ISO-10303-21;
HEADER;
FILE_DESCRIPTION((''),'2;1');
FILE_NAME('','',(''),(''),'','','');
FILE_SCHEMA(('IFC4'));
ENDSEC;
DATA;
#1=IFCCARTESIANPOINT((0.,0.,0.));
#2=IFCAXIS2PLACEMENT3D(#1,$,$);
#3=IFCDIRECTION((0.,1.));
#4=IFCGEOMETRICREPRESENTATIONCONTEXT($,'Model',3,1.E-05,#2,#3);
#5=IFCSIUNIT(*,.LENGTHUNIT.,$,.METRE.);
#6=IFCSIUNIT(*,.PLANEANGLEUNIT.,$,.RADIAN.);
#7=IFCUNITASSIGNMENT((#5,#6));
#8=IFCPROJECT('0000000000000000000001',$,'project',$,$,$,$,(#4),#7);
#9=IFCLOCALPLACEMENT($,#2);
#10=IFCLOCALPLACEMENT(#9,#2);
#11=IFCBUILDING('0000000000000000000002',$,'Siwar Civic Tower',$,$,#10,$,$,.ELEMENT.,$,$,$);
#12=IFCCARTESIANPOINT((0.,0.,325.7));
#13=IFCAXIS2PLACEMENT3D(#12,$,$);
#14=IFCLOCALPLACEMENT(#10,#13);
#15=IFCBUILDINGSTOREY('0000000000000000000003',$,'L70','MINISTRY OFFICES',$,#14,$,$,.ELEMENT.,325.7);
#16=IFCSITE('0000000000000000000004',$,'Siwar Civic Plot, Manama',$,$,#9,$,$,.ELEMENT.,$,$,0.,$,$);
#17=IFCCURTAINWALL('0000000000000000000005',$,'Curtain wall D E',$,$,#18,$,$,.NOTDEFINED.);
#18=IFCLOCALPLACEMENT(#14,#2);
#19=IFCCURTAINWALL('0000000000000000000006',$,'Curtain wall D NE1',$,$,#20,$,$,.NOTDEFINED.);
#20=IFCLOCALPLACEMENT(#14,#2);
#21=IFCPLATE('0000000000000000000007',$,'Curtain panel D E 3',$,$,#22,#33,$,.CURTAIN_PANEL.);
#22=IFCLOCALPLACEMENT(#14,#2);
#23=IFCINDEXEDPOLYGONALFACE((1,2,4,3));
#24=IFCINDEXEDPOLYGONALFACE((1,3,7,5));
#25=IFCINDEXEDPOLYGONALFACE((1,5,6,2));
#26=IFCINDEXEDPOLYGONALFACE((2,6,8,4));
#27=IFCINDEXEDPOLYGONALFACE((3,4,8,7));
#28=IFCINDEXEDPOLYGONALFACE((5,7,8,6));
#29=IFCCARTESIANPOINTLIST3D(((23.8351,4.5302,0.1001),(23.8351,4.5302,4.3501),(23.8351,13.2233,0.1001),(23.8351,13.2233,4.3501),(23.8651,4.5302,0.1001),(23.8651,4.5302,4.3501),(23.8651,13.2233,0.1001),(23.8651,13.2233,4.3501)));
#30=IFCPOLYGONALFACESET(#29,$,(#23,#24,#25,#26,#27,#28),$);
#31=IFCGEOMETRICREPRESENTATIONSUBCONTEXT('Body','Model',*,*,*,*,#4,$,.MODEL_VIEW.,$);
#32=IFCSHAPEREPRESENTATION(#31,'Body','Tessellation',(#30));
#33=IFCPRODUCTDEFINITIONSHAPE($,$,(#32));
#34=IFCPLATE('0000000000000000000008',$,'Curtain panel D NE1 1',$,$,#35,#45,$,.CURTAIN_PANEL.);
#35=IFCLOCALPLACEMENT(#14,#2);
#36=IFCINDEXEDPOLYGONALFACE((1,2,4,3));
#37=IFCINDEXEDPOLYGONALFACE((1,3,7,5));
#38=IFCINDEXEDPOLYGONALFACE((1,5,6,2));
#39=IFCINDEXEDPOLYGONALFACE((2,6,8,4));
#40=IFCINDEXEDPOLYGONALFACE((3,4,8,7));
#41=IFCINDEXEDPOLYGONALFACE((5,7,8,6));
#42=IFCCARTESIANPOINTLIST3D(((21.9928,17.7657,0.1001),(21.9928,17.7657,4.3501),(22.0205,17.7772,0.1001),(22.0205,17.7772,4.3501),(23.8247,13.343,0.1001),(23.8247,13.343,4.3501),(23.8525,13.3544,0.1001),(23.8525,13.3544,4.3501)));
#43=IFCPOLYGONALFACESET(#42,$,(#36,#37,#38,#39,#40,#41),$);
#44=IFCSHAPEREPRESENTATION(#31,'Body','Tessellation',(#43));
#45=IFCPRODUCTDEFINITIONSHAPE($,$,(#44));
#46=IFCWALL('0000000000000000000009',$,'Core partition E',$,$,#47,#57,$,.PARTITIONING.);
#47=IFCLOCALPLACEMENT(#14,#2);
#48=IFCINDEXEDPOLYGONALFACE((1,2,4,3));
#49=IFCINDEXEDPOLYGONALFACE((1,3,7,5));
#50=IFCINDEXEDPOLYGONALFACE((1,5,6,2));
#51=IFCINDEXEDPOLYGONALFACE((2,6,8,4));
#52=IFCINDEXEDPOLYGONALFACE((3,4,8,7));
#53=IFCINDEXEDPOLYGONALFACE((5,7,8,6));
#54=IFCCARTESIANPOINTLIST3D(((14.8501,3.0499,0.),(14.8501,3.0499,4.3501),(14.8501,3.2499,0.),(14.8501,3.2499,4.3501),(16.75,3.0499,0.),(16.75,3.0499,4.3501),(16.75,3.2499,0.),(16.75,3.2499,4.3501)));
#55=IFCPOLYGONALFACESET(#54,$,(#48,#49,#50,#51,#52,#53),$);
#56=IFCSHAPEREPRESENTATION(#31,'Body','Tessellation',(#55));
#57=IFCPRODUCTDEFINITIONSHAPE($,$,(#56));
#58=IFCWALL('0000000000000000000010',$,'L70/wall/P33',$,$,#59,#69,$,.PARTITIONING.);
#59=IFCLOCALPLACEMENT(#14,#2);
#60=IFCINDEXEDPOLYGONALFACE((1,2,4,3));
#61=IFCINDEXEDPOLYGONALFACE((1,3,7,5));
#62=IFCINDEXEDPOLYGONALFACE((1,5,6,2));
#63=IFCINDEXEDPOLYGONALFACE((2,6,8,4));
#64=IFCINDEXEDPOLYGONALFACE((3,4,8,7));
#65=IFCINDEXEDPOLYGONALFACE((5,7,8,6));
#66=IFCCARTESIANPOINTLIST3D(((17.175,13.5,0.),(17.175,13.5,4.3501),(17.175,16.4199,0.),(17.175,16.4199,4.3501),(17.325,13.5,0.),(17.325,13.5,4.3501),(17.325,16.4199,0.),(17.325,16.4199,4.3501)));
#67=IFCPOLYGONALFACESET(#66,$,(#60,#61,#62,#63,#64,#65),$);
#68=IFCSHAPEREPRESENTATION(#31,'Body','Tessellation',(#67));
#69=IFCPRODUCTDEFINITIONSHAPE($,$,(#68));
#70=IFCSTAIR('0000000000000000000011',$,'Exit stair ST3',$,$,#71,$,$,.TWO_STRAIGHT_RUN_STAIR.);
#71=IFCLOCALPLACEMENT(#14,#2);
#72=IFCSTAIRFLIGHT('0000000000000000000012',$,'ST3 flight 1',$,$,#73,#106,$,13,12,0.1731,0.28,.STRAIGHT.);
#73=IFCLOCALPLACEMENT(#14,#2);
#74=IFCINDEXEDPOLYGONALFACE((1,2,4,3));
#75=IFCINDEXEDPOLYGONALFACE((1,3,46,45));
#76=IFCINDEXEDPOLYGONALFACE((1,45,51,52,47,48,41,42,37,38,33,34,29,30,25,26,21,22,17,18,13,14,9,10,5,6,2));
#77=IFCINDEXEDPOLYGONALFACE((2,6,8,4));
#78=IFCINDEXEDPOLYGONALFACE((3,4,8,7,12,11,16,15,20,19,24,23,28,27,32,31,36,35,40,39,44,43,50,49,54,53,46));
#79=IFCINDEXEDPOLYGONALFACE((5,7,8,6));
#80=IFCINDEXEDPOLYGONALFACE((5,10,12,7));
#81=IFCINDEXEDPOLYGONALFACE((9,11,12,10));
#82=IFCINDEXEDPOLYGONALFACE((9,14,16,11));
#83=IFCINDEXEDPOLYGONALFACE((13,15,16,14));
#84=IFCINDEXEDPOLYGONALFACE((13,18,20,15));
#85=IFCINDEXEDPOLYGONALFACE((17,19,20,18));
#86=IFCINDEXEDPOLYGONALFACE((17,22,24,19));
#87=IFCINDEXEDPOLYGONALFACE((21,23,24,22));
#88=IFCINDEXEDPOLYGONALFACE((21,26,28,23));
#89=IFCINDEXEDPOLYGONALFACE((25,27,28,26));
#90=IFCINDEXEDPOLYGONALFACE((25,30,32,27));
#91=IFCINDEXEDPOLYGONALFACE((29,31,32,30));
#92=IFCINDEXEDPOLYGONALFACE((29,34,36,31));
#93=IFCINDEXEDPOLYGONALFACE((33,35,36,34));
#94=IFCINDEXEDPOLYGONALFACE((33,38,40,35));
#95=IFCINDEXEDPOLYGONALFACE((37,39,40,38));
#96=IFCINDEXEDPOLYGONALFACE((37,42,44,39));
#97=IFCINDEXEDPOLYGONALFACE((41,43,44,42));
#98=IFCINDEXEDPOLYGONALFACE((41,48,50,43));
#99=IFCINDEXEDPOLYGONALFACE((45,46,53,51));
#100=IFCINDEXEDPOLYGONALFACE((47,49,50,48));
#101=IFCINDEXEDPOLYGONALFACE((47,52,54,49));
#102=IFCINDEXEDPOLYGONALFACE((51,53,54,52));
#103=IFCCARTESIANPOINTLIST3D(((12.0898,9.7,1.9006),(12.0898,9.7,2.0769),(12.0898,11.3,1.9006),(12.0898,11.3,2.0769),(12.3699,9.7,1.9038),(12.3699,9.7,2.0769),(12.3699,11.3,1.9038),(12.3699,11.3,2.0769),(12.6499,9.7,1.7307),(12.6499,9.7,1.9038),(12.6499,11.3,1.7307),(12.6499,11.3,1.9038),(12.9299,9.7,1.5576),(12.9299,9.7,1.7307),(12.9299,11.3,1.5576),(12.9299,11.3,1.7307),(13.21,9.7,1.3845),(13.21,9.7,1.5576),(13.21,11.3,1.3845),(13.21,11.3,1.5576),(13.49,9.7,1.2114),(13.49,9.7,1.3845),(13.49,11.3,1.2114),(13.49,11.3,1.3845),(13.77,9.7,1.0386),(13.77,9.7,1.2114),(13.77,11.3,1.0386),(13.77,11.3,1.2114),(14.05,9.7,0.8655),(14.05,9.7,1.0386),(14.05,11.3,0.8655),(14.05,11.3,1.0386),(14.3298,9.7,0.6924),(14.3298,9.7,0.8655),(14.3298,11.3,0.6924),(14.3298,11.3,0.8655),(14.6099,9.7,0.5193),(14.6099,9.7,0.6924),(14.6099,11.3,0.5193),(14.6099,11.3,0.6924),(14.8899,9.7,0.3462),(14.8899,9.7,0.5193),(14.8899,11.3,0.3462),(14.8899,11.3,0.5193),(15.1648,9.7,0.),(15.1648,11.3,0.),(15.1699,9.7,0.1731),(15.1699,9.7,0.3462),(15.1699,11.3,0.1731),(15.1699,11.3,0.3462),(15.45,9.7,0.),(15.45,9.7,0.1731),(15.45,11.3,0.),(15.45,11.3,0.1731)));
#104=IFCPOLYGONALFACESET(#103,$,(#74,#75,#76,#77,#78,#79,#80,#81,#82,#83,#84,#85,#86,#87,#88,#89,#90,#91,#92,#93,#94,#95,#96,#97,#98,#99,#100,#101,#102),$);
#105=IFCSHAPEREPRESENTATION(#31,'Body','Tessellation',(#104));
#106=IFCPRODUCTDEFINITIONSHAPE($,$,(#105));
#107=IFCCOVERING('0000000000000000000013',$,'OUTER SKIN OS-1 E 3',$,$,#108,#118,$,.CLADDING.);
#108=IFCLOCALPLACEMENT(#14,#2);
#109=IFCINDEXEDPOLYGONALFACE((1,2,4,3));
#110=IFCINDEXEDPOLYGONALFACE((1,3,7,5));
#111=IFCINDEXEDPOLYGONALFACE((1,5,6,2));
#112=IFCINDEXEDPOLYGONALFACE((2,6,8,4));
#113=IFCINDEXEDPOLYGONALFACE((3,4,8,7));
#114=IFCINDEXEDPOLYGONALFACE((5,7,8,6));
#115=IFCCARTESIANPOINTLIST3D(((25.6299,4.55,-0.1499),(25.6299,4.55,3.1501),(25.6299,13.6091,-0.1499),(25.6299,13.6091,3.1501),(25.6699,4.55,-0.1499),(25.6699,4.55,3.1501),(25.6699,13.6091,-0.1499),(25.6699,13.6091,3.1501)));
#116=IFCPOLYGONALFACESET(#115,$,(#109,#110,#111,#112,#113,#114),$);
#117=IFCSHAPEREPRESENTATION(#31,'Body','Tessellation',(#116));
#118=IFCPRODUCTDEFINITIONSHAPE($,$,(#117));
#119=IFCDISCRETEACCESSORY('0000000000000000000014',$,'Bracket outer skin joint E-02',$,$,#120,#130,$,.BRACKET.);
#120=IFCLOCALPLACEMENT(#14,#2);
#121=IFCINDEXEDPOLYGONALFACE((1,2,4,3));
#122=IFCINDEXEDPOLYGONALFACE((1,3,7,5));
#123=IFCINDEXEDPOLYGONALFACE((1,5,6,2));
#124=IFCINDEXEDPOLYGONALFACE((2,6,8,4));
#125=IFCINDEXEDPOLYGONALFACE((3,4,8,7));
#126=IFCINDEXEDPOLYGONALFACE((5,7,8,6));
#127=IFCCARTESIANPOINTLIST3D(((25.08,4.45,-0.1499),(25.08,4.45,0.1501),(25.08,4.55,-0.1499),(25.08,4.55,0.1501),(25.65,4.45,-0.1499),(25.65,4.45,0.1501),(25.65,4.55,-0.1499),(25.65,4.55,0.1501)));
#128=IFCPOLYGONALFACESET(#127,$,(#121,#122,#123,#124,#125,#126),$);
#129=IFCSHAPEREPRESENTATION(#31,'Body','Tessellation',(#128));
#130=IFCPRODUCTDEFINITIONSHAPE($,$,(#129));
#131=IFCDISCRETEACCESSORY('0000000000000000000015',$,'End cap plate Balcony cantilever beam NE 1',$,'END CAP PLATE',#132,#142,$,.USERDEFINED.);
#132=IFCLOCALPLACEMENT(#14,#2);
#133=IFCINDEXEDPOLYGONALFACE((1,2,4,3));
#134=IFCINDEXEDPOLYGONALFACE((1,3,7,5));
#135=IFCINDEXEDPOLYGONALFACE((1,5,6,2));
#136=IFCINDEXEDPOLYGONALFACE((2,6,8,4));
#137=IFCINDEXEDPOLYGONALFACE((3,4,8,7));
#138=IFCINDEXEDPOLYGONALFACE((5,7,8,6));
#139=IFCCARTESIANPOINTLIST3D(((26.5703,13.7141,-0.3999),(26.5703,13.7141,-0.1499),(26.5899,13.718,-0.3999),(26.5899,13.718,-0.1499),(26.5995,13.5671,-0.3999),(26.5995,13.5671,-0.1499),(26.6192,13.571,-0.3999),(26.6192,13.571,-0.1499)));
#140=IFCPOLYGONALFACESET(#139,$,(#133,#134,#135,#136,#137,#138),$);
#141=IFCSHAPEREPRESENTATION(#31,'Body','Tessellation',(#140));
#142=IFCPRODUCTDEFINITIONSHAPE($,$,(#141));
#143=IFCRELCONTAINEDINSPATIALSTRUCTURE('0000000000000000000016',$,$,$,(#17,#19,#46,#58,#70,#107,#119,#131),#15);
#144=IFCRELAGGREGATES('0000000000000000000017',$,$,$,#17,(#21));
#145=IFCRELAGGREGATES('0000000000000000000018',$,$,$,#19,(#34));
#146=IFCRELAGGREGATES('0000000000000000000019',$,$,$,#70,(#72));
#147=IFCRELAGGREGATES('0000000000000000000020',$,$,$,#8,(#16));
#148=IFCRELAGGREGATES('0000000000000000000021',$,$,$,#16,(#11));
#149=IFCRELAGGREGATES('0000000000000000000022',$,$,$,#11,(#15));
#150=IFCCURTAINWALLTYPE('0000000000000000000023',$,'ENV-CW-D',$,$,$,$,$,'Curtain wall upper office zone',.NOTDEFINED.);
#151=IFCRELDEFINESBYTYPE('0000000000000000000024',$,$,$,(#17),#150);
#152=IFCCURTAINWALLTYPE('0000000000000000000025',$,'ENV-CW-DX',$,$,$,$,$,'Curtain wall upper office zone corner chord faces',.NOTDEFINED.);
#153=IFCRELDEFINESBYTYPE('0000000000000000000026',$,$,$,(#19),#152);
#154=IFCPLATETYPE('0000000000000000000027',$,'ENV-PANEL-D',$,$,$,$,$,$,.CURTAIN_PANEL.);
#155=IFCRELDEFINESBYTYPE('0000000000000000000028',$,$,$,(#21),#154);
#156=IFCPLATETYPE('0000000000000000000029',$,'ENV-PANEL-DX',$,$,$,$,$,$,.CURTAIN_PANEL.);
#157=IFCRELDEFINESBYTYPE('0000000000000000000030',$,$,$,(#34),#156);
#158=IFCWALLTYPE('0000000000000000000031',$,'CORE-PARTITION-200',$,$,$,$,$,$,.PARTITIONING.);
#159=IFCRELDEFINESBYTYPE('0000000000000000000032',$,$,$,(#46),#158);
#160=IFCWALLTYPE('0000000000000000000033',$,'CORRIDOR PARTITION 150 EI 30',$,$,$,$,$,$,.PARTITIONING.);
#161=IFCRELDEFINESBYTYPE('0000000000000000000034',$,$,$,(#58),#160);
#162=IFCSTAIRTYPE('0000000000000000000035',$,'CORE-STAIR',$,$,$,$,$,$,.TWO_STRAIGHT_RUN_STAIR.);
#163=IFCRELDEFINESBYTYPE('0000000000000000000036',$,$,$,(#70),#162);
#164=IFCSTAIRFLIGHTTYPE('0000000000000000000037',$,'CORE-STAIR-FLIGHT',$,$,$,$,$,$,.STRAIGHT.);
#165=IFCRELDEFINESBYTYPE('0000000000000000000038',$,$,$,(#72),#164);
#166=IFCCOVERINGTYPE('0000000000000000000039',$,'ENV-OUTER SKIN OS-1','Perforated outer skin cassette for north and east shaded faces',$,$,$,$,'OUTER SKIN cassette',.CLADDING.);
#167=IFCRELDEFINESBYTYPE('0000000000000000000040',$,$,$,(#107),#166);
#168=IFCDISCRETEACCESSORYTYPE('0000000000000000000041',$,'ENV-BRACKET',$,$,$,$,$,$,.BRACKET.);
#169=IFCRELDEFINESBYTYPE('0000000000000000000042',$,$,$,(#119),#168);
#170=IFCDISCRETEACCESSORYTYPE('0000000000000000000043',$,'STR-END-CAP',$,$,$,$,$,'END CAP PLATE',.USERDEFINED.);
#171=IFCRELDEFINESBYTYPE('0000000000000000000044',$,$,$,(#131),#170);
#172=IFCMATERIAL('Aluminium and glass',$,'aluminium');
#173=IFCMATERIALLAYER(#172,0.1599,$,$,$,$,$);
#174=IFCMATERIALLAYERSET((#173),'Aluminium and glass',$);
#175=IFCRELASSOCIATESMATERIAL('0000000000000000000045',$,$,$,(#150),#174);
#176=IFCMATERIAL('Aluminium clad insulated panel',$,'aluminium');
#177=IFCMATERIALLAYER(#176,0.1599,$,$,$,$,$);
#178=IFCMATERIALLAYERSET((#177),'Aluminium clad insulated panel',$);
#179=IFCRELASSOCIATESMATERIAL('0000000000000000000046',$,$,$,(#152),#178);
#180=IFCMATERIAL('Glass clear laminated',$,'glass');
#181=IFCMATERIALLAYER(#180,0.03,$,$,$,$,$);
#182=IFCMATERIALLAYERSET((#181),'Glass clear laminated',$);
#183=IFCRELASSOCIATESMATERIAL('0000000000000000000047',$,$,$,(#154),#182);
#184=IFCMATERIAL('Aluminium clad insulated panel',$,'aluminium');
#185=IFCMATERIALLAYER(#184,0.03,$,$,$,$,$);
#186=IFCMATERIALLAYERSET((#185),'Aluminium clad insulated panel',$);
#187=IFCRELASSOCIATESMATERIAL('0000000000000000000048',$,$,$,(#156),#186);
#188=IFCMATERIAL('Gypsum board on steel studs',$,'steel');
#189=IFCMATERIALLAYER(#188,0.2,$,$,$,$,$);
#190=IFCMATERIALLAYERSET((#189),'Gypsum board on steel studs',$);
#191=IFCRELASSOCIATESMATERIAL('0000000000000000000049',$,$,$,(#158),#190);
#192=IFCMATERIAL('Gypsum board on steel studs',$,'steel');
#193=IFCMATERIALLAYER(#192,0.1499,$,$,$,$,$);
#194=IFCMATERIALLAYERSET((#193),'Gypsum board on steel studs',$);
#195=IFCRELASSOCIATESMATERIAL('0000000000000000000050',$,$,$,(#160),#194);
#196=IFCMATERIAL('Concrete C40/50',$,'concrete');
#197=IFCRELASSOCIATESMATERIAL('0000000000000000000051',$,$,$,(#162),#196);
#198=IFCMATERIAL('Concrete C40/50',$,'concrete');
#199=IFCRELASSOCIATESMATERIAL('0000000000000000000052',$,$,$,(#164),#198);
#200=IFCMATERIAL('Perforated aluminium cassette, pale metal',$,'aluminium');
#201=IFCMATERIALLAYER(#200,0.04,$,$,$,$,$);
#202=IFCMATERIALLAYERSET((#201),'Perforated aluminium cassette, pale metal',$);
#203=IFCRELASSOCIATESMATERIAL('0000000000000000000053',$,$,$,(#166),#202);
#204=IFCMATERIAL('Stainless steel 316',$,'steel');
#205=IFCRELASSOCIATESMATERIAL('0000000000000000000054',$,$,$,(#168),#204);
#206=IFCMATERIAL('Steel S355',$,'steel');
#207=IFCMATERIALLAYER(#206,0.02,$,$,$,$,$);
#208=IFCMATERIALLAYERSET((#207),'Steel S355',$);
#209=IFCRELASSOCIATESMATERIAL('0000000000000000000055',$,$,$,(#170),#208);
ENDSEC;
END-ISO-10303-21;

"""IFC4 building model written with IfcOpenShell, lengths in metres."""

from ifc_helpers import new_model, si_unit, direction, frame, frame_2d, origin, origin_2d, place, context, subcontext, project, spatial, polyline, rectangle, outline, extrude, material, layer, layer_set, type_object, element, aggregate, save


model = new_model("IFC4")

# Units and contexts
model_context = context("Model", 3, precision=1e-05, world=origin(), true_north=direction((0.0, 1.0)))
body_context = subcontext(model_context, "Body", "Model", "MODEL_VIEW")
ifc_project = project(units=[si_unit("LENGTHUNIT", "METRE"), si_unit("PLANEANGLEUNIT", "RADIAN")], contexts=[model_context])

# Site, building, storey
site_placement = place(None, origin())
site = spatial("IfcSite", under=ifc_project, at=site_placement, Name="Siwar Civic Plot, Manama", CompositionType="ELEMENT", RefElevation=0.0)
building_placement = place(site_placement, origin())
building = spatial("IfcBuilding", under=site, at=building_placement, Name="Siwar Civic Tower", CompositionType="ELEMENT")
storey_placement = place(building_placement, frame((0.0, 0.0, 325.7)))
storey = spatial("IfcBuildingStorey", under=building, at=storey_placement, Name="L70", Description="MINISTRY OFFICES", CompositionType="ELEMENT", Elevation=325.7)

# Curtain walls
ifc_material_1 = material(Name="Aluminium and glass", Category="aluminium")
ifc_layer_1 = layer(ifc_material_1, 0.1599)
ifc_layer_set_1 = layer_set([ifc_layer_1], Name="Aluminium and glass")
curtain_wall_type_1 = type_object("IfcCurtainWallType", Name="ENV-CW-D", ElementType="Curtain wall upper office zone", PredefinedType="NOTDEFINED", material=ifc_layer_set_1)
curtain_wall_1_placement = place(storey_placement, origin())
curtain_wall_1 = element("IfcCurtainWall", 1, at=curtain_wall_1_placement, inside=storey, type_object=curtain_wall_type_1, Name="Curtain wall D E", PredefinedType="NOTDEFINED")
ifc_material_2 = material(Name="Aluminium clad insulated panel", Category="aluminium")
ifc_layer_2 = layer(ifc_material_2, 0.1599)
ifc_layer_set_2 = layer_set([ifc_layer_2], Name="Aluminium clad insulated panel")
curtain_wall_type_2 = type_object("IfcCurtainWallType", Name="ENV-CW-DX", ElementType="Curtain wall upper office zone corner chord faces", PredefinedType="NOTDEFINED", material=ifc_layer_set_2)
curtain_wall_2_placement = place(storey_placement, origin())
curtain_wall_2 = element("IfcCurtainWall", 2, at=curtain_wall_2_placement, inside=storey, type_object=curtain_wall_type_2, Name="Curtain wall D NE1", PredefinedType="NOTDEFINED")

# Plates
ifc_material_3 = material(Name="Glass clear laminated", Category="glass")
ifc_layer_3 = layer(ifc_material_3, 0.03)
ifc_layer_set_3 = layer_set([ifc_layer_3], Name="Glass clear laminated")
plate_type_1 = type_object("IfcPlateType", Name="ENV-PANEL-D", PredefinedType="CURTAIN_PANEL", material=ifc_layer_set_3)
plate_1_placement = place(storey_placement, frame((23.8501, 8.8767, 0.1001), z_axis=(0.0, 0.0, 1.0), x_axis=(0.0, 1.0, 0.0)))
plate_1 = element("IfcPlate", 3, at=plate_1_placement, type_object=plate_type_1, Name="Curtain panel D E 3", PredefinedType="CURTAIN_PANEL", context=body_context, shape_type="SweptSolid", body=[
    extrude(rectangle(XDim=8.6931, YDim=0.03, at=origin_2d()), origin(), (0.0, 0.0, 1.0), 4.25),
])
aggregate(curtain_wall_1, [plate_1])
ifc_material_4 = material(Name="Aluminium clad insulated panel", Category="aluminium")
ifc_layer_4 = layer(ifc_material_4, 0.03)
ifc_layer_set_4 = layer_set([ifc_layer_4], Name="Aluminium clad insulated panel")
plate_type_2 = type_object("IfcPlateType", Name="ENV-PANEL-DX", PredefinedType="CURTAIN_PANEL", material=ifc_layer_set_4)
plate_2_placement = place(storey_placement, frame((22.9226, 15.5601, 0.1001), z_axis=(0.0, 0.0, 1.0), x_axis=(-0.382683, 0.92388, 0.0)))
plate_2 = element("IfcPlate", 4, at=plate_2_placement, type_object=plate_type_2, Name="Curtain panel D NE1 1", PredefinedType="CURTAIN_PANEL", context=body_context, shape_type="SweptSolid", body=[
    extrude(rectangle(XDim=4.7871, YDim=0.03, at=origin_2d()), origin(), (0.0, 0.0, 1.0), 4.25),
])
aggregate(curtain_wall_2, [plate_2])

# Walls
ifc_material_5 = material(Name="Gypsum board on steel studs", Category="steel")
ifc_layer_5 = layer(ifc_material_5, 0.2)
ifc_layer_set_5 = layer_set([ifc_layer_5], Name="Gypsum board on steel studs")
wall_type_1 = type_object("IfcWallType", Name="CORE-PARTITION-200", PredefinedType="PARTITIONING", material=ifc_layer_set_5)
wall_1_placement = place(storey_placement, frame((14.8501, 3.1499, 0.0), z_axis=(0.0, 0.0, 1.0), x_axis=(1.0, 0.0, 0.0)))
element("IfcWall", 5, at=wall_1_placement, inside=storey, type_object=wall_type_1, Name="Core partition E", PredefinedType="PARTITIONING", context=body_context, shape_type="SweptSolid", body=[
    extrude(rectangle(XDim=1.8999, YDim=0.2, at=frame_2d((0.95, 0.0))), origin(), (0.0, 0.0, 1.0), 4.3501),
])
ifc_material_6 = material(Name="Gypsum board on steel studs", Category="steel")
ifc_layer_6 = layer(ifc_material_6, 0.1499)
ifc_layer_set_6 = layer_set([ifc_layer_6], Name="Gypsum board on steel studs")
wall_type_2 = type_object("IfcWallType", Name="CORRIDOR PARTITION 150 EI 30", PredefinedType="PARTITIONING", material=ifc_layer_set_6)
wall_2_placement = place(storey_placement, frame((17.25, 13.5, 0.0), z_axis=(0.0, 0.0, 1.0), x_axis=(0.0, 1.0, 0.0)))
element("IfcWall", 6, at=wall_2_placement, inside=storey, type_object=wall_type_2, Name="L70/wall/P33", PredefinedType="PARTITIONING", context=body_context, shape_type="SweptSolid", body=[
    extrude(rectangle(XDim=2.9199, YDim=0.1499, at=frame_2d((1.46, 0.0))), origin(), (0.0, 0.0, 1.0), 4.3501),
])

# Stair, stair flight
ifc_material_7 = material(Name="Concrete C40/50", Category="concrete")
stair_type = type_object("IfcStairType", Name="CORE-STAIR", PredefinedType="TWO_STRAIGHT_RUN_STAIR", material=ifc_material_7)
stair_placement = place(storey_placement, origin())
stair = element("IfcStair", 7, at=stair_placement, inside=storey, type_object=stair_type, Name="Exit stair ST3", PredefinedType="TWO_STRAIGHT_RUN_STAIR")
ifc_material_8 = material(Name="Concrete C40/50", Category="concrete")
stair_flight_type = type_object("IfcStairFlightType", Name="CORE-STAIR-FLIGHT", PredefinedType="STRAIGHT", material=ifc_material_8)
stair_flight_placement = place(storey_placement, frame((15.45, 10.5, 0.0), z_axis=(0.0, 0.0, 1.0), x_axis=(-1.0, 0.0, 0.0)))
stair_flight = element("IfcStairFlight", 8, at=stair_flight_placement, type_object=stair_flight_type, Name="ST3 flight 1", NumberOfRisers=13, NumberOfTreads=12, PredefinedType="STRAIGHT", RiserHeight=0.1731, TreadLength=0.28, context=body_context, shape_type="SweptSolid", body=[
    extrude(outline(polyline([(0.0, 0.0), (0.0, 0.1731), (0.28, 0.1731), (0.28, 0.3462), (0.5601, 0.3462), (0.5601, 0.5193), (0.8401, 0.5193), (0.8401, 0.6924), (1.1201, 0.6924), (1.1201, 0.8655), (1.3999, 0.8655), (1.3999, 1.0386), (1.6799, 1.0386), (1.6799, 1.2114), (1.96, 1.2114), (1.96, 1.3845), (2.24, 1.3845), (2.24, 1.5576), (2.52, 1.5576), (2.52, 1.7307), (2.8, 1.7307), (2.8, 1.9038), (3.0801, 1.9038), (3.0801, 2.0769), (3.3601, 2.0769), (3.3601, 2.25), (3.3601, 1.9006), (0.2852, 0.0), (0.0, 0.0)])), frame((0.0, 0.8, 0.0), z_axis=(0.0, -1.0, 0.0), x_axis=(1.0, 0.0, 0.0)), (0.0, 0.0, 1.0), 1.6001),
])
aggregate(stair, [stair_flight])

# Covering
ifc_material_9 = material(Name="Perforated aluminium cassette, pale metal", Category="aluminium")
ifc_layer_7 = layer(ifc_material_9, 0.04)
ifc_layer_set_7 = layer_set([ifc_layer_7], Name="Perforated aluminium cassette, pale metal")
covering_type = type_object("IfcCoveringType", Name="ENV-OUTER SKIN OS-1", Description="Perforated outer skin cassette for north and east shaded faces", ElementType="OUTER SKIN cassette", PredefinedType="CLADDING", material=ifc_layer_set_7)
covering_placement = place(storey_placement, frame((25.6499, 9.0796, -0.1499), z_axis=(0.0, 0.0, 1.0), x_axis=(0.0, 1.0, 0.0)))
element("IfcCovering", 9, at=covering_placement, inside=storey, type_object=covering_type, Name="OUTER SKIN OS-1 E 3", PredefinedType="CLADDING", context=body_context, shape_type="SweptSolid", body=[
    extrude(rectangle(XDim=9.0591, YDim=0.04, at=origin_2d()), origin(), (0.0, 0.0, 1.0), 3.3),
])

# Discrete accessories
ifc_material_10 = material(Name="Stainless steel 316", Category="steel")
discrete_accessory_type_1 = type_object("IfcDiscreteAccessoryType", Name="ENV-BRACKET", PredefinedType="BRACKET", material=ifc_material_10)
discrete_accessory_1_placement = place(storey_placement, frame((25.365, 4.5, -0.1499), z_axis=(0.0, 0.0, 1.0), x_axis=(1.0, 0.0, 0.0)))
element("IfcDiscreteAccessory", 10, at=discrete_accessory_1_placement, inside=storey, type_object=discrete_accessory_type_1, Name="Bracket outer skin joint E-02", PredefinedType="BRACKET", context=body_context, shape_type="SweptSolid", body=[
    extrude(rectangle(XDim=0.5701, YDim=0.1001, at=origin_2d()), origin(), (0.0, 0.0, 1.0), 0.3),
])
ifc_material_11 = material(Name="Steel S355", Category="steel")
ifc_layer_8 = layer(ifc_material_11, 0.02)
ifc_layer_set_8 = layer_set([ifc_layer_8], Name="Steel S355")
discrete_accessory_type_2 = type_object("IfcDiscreteAccessoryType", Name="STR-END-CAP", ElementType="END CAP PLATE", PredefinedType="USERDEFINED", material=ifc_layer_set_8)
discrete_accessory_2_placement = place(storey_placement, frame((26.5947, 13.6426, -0.3999), z_axis=(0.0, 0.0, 1.0), x_axis=(0.980785, 0.19509, 0.0)))
element("IfcDiscreteAccessory", 11, at=discrete_accessory_2_placement, inside=storey, type_object=discrete_accessory_type_2, Name="End cap plate Balcony cantilever beam NE 1", ObjectType="END CAP PLATE", PredefinedType="USERDEFINED", context=body_context, shape_type="SweptSolid", body=[
    extrude(rectangle(XDim=0.02, YDim=0.1499, at=origin_2d()), origin(), (0.0, 0.0, 1.0), 0.25),
])

save(model, "model.ifc")
